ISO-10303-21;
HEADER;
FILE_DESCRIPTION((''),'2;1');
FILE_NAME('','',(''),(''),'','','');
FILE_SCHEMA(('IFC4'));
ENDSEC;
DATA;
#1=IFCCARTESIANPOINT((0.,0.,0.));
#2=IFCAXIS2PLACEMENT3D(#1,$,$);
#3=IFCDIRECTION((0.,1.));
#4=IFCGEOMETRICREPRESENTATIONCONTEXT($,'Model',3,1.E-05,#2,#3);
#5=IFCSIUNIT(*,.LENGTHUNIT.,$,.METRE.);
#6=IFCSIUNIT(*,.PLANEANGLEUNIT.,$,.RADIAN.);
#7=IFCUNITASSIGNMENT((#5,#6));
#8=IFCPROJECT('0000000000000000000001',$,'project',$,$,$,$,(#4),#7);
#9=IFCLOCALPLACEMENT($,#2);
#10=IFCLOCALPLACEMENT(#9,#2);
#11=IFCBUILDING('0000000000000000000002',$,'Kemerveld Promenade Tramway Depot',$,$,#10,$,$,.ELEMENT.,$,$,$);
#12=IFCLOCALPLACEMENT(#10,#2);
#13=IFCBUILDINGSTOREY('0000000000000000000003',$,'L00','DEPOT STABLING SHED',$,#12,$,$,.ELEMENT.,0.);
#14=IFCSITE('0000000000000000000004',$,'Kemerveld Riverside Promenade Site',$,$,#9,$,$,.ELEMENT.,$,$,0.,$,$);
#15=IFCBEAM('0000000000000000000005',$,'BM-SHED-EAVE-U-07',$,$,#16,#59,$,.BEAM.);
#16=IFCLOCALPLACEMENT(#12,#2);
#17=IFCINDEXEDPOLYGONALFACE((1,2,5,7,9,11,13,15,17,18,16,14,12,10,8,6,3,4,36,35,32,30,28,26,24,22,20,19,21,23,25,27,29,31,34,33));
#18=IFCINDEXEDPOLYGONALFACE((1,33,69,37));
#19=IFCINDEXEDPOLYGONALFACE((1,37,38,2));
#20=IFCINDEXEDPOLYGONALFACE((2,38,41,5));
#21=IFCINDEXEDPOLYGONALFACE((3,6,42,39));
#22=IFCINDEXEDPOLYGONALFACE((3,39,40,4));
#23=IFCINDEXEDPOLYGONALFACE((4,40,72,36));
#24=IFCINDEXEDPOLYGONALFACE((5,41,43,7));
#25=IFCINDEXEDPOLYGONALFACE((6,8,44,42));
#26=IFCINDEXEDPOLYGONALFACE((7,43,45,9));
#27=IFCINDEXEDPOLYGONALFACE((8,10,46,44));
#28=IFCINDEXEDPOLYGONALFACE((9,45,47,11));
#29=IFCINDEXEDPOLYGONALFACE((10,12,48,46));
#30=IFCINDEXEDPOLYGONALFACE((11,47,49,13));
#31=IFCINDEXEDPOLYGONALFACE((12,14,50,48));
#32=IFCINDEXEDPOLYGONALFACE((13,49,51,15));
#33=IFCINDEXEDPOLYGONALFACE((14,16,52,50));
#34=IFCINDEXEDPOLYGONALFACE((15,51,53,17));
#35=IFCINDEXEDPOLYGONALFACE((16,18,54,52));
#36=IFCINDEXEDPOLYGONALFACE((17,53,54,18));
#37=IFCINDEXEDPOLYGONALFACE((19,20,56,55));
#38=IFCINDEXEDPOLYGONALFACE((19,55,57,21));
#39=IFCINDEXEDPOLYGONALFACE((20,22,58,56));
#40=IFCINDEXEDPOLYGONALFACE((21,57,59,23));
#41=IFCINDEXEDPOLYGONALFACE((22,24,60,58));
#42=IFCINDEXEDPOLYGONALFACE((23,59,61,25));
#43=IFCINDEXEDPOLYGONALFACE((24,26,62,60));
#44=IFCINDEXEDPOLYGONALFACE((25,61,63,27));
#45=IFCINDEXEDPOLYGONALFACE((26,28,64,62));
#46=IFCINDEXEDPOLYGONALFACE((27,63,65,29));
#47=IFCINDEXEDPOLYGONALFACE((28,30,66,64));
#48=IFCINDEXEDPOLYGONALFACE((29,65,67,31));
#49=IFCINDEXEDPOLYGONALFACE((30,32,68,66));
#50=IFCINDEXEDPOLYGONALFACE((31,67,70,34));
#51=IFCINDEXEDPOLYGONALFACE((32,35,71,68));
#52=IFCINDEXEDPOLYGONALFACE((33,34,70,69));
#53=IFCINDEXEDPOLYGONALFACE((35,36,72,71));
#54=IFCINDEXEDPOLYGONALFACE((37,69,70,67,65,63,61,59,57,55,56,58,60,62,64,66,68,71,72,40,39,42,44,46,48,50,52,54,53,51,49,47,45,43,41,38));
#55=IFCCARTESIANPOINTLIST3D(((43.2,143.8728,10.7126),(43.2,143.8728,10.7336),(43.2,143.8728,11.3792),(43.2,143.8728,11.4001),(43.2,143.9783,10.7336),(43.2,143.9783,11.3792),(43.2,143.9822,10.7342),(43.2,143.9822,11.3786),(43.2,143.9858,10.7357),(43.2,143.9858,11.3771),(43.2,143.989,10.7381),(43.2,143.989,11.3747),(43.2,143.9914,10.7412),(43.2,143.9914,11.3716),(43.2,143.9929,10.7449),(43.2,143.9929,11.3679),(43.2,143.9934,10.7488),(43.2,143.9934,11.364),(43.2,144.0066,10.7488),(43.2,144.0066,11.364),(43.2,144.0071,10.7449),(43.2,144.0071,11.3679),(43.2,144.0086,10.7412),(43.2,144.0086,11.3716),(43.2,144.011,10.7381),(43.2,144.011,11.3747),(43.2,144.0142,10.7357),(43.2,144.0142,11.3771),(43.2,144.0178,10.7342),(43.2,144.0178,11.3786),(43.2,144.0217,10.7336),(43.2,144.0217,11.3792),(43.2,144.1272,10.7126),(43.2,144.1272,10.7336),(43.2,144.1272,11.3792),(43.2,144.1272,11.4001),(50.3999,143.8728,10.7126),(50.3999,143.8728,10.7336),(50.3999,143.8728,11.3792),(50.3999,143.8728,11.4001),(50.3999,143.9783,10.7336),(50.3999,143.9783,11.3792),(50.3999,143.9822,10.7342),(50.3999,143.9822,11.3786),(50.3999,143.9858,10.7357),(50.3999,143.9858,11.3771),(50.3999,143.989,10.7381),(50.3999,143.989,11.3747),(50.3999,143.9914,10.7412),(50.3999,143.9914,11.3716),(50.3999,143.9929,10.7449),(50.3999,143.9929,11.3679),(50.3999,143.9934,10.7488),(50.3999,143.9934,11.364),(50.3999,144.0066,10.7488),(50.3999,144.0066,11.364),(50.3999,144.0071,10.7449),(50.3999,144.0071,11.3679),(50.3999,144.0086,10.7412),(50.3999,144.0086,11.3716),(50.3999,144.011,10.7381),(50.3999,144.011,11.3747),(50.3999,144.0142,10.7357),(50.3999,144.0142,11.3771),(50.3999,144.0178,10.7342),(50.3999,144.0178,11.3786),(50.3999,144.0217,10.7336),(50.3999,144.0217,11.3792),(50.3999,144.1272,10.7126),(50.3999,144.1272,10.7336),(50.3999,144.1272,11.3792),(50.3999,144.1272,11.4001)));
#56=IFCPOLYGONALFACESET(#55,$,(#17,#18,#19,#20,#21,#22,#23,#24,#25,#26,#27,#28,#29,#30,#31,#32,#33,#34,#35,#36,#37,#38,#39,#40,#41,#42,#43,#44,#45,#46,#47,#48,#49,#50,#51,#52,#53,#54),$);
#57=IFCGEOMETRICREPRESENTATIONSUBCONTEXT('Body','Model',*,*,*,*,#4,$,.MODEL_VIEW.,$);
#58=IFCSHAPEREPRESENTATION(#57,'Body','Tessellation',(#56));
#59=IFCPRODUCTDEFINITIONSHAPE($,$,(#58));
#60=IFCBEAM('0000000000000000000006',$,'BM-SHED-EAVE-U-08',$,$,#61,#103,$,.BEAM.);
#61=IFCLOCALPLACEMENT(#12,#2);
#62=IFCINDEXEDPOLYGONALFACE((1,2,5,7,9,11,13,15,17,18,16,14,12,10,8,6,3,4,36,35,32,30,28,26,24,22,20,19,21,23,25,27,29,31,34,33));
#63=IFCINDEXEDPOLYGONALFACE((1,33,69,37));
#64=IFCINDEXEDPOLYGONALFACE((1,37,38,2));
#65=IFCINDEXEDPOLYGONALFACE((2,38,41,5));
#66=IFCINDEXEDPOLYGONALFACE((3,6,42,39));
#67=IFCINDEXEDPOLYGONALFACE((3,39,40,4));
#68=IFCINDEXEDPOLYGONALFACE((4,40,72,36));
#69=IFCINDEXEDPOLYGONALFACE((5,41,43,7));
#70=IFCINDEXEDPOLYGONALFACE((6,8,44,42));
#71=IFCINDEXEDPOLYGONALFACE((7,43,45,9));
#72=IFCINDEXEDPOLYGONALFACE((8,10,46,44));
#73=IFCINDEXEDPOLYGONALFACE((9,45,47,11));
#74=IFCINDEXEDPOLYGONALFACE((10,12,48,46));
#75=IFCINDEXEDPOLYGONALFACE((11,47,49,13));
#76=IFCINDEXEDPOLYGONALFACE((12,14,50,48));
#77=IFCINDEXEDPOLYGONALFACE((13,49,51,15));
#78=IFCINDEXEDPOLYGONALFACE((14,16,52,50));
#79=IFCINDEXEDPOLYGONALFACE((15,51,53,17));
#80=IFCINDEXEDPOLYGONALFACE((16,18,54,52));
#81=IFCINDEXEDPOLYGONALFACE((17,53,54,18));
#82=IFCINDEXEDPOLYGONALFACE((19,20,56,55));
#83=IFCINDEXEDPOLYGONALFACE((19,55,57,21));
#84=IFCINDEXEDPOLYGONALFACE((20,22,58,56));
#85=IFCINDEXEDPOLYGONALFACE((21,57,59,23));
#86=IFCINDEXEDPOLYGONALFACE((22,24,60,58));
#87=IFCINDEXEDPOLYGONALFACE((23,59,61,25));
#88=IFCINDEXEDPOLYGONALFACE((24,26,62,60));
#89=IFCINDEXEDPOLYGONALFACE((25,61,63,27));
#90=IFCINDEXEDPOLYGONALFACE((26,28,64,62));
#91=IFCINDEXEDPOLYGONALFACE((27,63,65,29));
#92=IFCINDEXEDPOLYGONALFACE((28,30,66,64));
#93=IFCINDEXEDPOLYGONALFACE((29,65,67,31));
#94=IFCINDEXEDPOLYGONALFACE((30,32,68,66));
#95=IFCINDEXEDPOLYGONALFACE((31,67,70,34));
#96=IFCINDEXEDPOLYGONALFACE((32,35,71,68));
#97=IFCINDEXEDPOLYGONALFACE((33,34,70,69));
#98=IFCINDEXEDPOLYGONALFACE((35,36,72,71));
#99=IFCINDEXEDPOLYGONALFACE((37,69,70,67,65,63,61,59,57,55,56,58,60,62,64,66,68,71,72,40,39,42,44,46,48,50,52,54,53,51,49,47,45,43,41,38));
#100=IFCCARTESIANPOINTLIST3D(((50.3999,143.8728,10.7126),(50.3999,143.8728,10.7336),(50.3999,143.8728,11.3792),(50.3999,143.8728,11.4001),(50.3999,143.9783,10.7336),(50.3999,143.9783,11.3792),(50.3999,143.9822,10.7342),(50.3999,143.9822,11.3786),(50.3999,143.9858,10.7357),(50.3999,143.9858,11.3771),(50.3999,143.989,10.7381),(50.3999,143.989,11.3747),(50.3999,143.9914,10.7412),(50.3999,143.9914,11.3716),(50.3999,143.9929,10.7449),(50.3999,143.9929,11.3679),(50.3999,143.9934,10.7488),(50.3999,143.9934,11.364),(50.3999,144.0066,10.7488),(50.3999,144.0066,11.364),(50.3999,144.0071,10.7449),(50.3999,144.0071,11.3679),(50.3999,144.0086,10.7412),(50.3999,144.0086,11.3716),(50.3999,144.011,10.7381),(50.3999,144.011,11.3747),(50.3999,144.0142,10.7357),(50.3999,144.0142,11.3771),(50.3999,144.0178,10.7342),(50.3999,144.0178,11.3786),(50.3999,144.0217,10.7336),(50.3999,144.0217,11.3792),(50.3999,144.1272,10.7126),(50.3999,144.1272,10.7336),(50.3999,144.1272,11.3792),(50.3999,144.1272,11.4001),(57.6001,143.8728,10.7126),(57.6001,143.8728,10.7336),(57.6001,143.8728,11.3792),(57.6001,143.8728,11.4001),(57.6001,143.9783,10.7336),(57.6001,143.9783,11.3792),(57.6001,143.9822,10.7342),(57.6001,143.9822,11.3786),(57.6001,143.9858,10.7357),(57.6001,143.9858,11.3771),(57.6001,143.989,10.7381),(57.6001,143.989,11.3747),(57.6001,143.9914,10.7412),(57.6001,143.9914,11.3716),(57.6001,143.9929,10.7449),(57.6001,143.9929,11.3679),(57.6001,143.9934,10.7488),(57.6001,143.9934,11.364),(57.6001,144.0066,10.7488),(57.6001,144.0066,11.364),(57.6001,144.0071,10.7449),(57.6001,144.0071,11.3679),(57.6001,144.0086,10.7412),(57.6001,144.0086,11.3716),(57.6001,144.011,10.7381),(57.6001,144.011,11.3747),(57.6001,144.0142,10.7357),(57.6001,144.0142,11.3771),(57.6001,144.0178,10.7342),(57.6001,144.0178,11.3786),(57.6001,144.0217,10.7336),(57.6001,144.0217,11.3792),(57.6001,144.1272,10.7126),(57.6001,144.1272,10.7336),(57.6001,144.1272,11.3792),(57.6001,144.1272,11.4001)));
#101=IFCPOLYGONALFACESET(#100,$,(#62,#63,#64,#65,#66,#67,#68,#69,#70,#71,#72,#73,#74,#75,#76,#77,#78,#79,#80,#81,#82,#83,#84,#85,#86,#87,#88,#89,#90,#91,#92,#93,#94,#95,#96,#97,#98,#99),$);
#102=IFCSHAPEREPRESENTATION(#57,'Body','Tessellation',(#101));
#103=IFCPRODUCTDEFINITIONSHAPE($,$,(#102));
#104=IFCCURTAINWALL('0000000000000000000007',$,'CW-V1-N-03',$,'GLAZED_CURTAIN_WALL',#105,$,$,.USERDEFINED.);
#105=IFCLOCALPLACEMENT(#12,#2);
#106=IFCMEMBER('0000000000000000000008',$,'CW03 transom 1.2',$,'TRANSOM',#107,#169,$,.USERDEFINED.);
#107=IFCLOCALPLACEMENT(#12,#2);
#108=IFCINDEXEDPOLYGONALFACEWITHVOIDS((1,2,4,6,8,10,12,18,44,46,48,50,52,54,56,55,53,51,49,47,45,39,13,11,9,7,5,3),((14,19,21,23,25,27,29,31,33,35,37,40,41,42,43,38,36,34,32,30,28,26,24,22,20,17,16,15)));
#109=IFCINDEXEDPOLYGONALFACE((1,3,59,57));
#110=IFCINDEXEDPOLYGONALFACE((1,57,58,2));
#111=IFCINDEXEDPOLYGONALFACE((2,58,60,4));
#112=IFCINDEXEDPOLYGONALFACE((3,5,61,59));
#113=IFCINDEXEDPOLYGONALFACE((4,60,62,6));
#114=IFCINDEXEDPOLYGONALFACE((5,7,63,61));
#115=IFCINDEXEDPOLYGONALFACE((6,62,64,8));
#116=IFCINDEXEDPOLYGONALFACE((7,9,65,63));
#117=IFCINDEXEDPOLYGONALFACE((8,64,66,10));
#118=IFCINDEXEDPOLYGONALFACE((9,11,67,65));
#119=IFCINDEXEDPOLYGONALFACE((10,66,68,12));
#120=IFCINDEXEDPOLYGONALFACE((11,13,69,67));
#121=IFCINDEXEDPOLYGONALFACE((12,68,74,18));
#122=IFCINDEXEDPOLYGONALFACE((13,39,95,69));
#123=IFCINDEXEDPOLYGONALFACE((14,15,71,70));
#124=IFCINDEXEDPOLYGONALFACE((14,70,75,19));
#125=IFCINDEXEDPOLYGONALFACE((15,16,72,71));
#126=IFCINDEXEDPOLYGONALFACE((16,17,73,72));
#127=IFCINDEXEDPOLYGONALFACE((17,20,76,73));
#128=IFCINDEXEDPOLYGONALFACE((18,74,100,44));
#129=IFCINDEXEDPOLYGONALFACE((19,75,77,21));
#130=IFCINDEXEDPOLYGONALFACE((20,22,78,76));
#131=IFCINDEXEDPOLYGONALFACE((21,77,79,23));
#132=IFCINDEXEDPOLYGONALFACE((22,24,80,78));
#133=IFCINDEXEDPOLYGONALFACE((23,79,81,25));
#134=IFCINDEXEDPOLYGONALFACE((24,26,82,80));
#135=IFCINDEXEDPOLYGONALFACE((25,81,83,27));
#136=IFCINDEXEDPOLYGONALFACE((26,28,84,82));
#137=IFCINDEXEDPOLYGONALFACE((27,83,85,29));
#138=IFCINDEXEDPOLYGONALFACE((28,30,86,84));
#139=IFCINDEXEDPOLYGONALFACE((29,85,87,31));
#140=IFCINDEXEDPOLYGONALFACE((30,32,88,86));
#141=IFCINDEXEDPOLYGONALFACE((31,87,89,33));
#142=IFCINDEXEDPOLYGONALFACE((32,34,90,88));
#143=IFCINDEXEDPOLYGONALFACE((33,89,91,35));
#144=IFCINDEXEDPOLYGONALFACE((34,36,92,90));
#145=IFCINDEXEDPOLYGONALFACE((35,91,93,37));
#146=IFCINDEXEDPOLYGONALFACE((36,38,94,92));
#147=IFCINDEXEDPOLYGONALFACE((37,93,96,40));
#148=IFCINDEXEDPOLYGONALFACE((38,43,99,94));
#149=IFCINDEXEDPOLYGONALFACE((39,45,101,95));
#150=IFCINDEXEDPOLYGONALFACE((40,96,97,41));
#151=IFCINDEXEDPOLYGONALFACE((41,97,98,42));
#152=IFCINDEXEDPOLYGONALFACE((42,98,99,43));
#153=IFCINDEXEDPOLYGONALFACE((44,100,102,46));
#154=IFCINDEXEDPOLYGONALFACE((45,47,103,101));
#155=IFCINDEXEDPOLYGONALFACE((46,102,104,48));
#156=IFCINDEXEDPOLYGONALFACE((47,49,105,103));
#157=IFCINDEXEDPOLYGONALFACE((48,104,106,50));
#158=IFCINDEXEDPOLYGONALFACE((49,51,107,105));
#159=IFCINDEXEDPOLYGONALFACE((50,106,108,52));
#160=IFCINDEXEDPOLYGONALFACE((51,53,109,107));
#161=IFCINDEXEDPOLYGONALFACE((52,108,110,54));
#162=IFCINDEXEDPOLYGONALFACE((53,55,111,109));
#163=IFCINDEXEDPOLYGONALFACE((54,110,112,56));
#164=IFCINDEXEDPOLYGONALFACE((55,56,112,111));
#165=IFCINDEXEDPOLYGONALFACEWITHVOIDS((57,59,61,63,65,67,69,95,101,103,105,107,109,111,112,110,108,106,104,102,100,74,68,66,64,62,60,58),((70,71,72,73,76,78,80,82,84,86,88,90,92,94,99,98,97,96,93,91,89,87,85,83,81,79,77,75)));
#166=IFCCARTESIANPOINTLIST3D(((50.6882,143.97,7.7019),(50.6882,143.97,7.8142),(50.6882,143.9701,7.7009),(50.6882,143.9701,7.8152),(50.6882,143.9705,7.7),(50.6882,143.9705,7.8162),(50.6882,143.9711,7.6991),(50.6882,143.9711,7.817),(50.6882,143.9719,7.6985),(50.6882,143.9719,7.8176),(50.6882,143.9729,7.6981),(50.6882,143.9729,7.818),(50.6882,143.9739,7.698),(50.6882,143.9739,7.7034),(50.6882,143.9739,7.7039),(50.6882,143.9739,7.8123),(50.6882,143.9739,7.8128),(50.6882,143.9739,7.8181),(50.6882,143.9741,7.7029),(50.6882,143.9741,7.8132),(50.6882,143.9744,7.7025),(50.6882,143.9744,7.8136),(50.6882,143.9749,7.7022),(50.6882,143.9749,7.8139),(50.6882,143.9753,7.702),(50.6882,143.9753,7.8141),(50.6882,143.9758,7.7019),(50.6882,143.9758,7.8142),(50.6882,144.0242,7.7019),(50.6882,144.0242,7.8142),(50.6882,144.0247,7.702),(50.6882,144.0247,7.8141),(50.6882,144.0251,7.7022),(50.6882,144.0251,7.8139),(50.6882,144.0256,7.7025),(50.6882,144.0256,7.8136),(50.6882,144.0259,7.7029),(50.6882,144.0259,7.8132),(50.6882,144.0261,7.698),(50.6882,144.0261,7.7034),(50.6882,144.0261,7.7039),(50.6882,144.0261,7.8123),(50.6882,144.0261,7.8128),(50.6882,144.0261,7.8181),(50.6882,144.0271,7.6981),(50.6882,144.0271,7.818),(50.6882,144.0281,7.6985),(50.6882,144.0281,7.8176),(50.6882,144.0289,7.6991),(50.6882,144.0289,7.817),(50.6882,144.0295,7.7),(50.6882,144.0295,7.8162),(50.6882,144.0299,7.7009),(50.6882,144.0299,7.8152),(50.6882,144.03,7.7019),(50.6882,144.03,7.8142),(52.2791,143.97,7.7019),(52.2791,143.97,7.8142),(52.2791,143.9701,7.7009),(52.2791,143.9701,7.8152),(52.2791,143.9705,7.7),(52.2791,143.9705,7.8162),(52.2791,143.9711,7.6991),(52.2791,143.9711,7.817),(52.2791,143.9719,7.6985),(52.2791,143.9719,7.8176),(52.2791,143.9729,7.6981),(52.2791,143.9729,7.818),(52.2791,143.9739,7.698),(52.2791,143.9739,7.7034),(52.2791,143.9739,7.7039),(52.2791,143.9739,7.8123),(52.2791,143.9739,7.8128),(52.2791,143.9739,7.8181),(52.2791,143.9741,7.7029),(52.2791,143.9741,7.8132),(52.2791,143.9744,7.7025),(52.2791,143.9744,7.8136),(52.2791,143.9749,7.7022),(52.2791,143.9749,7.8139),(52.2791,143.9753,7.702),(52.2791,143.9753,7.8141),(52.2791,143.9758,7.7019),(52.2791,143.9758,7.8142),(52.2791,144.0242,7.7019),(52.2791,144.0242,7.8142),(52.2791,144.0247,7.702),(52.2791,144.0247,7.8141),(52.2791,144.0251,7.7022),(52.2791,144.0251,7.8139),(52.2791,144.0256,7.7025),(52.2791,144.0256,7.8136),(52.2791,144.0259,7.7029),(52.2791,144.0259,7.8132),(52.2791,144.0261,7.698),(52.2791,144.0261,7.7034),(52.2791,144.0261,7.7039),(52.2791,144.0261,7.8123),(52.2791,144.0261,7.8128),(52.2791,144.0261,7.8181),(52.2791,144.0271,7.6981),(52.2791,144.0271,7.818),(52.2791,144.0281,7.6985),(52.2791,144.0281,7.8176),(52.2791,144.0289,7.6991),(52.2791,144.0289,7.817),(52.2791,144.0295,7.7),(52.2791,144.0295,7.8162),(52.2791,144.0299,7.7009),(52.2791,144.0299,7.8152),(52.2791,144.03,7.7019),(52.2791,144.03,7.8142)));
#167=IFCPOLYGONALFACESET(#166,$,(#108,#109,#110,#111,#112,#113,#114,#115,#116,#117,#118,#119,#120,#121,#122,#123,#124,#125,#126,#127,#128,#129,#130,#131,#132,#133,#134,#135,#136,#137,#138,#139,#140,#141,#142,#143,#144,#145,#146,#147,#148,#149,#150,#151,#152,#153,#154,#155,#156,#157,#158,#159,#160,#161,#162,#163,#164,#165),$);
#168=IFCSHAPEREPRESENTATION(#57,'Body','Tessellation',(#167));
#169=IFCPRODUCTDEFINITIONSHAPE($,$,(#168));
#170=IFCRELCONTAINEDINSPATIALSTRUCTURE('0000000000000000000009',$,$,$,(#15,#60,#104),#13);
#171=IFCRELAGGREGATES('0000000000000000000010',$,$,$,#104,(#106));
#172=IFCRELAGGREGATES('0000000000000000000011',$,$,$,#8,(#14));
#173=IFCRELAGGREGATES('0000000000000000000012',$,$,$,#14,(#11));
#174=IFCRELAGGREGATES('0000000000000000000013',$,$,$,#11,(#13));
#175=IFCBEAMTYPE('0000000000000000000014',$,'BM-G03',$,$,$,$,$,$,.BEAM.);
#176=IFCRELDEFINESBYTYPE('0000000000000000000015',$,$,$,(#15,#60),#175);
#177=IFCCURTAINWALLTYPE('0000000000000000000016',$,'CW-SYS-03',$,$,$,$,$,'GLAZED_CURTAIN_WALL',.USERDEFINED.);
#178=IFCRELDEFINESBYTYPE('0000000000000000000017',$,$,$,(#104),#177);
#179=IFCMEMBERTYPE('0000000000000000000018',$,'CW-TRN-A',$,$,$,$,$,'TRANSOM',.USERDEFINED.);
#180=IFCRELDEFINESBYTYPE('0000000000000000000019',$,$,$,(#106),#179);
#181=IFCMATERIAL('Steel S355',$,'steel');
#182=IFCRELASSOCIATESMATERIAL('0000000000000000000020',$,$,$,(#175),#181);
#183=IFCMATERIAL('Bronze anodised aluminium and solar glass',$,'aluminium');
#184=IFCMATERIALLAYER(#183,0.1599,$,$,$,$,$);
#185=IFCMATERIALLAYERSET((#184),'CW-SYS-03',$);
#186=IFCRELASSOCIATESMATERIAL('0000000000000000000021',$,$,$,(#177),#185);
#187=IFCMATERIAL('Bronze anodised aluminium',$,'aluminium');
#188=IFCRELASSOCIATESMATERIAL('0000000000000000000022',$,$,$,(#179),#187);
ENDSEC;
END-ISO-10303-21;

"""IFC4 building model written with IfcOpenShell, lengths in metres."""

from ifc_helpers import new_model, si_unit, direction, frame, origin, origin_2d, place, context, subcontext, project, spatial, hollow_rectangle, i_section, extrude, material, layer, layer_set, material_profile, profile_set, type_object, element, aggregate, save


model = new_model("IFC4")

# Units and contexts
model_context = context("Model", 3, precision=1e-05, world=origin(), true_north=direction((0.0, 1.0)))
body_context = subcontext(model_context, "Body", "Model", "MODEL_VIEW")
ifc_project = project(units=[si_unit("LENGTHUNIT", "METRE"), si_unit("PLANEANGLEUNIT", "RADIAN")], contexts=[model_context])

# Site, building, storey
site_placement = place(None, origin())
site = spatial("IfcSite", under=ifc_project, at=site_placement, Name="Kemerveld Riverside Promenade Site", CompositionType="ELEMENT", RefElevation=0.0)
building_placement = place(site_placement, origin())
building = spatial("IfcBuilding", under=site, at=building_placement, Name="Kemerveld Promenade Tramway Depot", CompositionType="ELEMENT")
storey_placement = place(building_placement, origin())
storey = spatial("IfcBuildingStorey", under=building, at=storey_placement, Name="L00", Description="DEPOT STABLING SHED", CompositionType="ELEMENT", Elevation=0.0)

# Beams
ifc_material_1 = material(Name="Steel S355", Category="steel")
ifc_material_profile_1 = material_profile(ifc_material_1, i_section(OverallWidth=0.2544, OverallDepth=0.6875, WebThickness=0.0132, FlangeThickness=0.021, FilletRadius=0.0151, at=origin_2d()), Name="686x254x152 UB")
ifc_profile_set_1 = profile_set([ifc_material_profile_1], Name="Steel S355")
beam_type = type_object("IfcBeamType", Name="BM-G03", PredefinedType="BEAM", material=ifc_profile_set_1)
beam_1_placement = place(storey_placement, frame((43.2, 144.0, 11.0564), z_axis=(1.0, 0.0, 0.0), x_axis=(0.0, 1.0, 0.0)))
element("IfcBeam", 1, at=beam_1_placement, inside=storey, type_object=beam_type, Name="BM-SHED-EAVE-U-07", PredefinedType="BEAM", context=body_context, shape_type="SweptSolid", body=[
    extrude(i_section(OverallWidth=0.2544, OverallDepth=0.6875, WebThickness=0.0132, FlangeThickness=0.021, FilletRadius=0.0151, at=origin_2d()), origin(), (0.0, 0.0, 1.0), 7.2),
])
beam_2_placement = place(storey_placement, frame((50.3999, 144.0, 11.0564), z_axis=(1.0, 0.0, 0.0), x_axis=(0.0, 1.0, 0.0)))
element("IfcBeam", 2, at=beam_2_placement, inside=storey, type_object=beam_type, Name="BM-SHED-EAVE-U-08", PredefinedType="BEAM", context=body_context, shape_type="SweptSolid", body=[
    extrude(i_section(OverallWidth=0.2544, OverallDepth=0.6875, WebThickness=0.0132, FlangeThickness=0.021, FilletRadius=0.0151, at=origin_2d()), origin(), (0.0, 0.0, 1.0), 7.2002),
])

# Curtain wall, member
ifc_material_2 = material(Name="Bronze anodised aluminium and solar glass", Category="aluminium")
ifc_layer_1 = layer(ifc_material_2, 0.1599)
ifc_layer_set_1 = layer_set([ifc_layer_1], Name="CW-SYS-03")
curtain_wall_type_1 = type_object("IfcCurtainWallType", Name="CW-SYS-03", ElementType="GLAZED_CURTAIN_WALL", PredefinedType="USERDEFINED", material=ifc_layer_set_1)
curtain_wall_1_placement = place(storey_placement, origin())
curtain_wall_1 = element("IfcCurtainWall", 3, at=curtain_wall_1_placement, inside=storey, type_object=curtain_wall_type_1, Name="CW-V1-N-03", ObjectType="GLAZED_CURTAIN_WALL", PredefinedType="USERDEFINED")
ifc_material_3 = material(Name="Bronze anodised aluminium", Category="aluminium")
ifc_material_profile_2 = material_profile(ifc_material_3, hollow_rectangle(XDim=0.0601, YDim=0.1201, WallThickness=0.0039, InnerFilletRadius=0.002, OuterFilletRadius=0.0039, at=origin_2d()), Name="CW-TRN-120x60")
ifc_profile_set_2 = profile_set([ifc_material_profile_2], Name="Bronze anodised aluminium")
member_type_1 = type_object("IfcMemberType", Name="CW-TRN-A", ElementType="TRANSOM", PredefinedType="USERDEFINED", material=ifc_profile_set_2)
member_1_placement = place(storey_placement, frame((50.6882, 144.0, 7.7581), z_axis=(1.0, 0.0, 0.0), x_axis=(0.0, 1.0, 0.0)))
member_1 = element("IfcMember", 4, at=member_1_placement, type_object=member_type_1, Name="CW03 transom 1.2", ObjectType="TRANSOM", PredefinedType="USERDEFINED", context=body_context, shape_type="SweptSolid", body=[
    extrude(hollow_rectangle(XDim=0.0601, YDim=0.1201, WallThickness=0.0039, InnerFilletRadius=0.002, OuterFilletRadius=0.0039, at=origin_2d()), origin(), (0.0, 0.0, 1.0), 1.5908),
])

aggregate(curtain_wall_1, [member_1])

save(model, "model.ifc")
